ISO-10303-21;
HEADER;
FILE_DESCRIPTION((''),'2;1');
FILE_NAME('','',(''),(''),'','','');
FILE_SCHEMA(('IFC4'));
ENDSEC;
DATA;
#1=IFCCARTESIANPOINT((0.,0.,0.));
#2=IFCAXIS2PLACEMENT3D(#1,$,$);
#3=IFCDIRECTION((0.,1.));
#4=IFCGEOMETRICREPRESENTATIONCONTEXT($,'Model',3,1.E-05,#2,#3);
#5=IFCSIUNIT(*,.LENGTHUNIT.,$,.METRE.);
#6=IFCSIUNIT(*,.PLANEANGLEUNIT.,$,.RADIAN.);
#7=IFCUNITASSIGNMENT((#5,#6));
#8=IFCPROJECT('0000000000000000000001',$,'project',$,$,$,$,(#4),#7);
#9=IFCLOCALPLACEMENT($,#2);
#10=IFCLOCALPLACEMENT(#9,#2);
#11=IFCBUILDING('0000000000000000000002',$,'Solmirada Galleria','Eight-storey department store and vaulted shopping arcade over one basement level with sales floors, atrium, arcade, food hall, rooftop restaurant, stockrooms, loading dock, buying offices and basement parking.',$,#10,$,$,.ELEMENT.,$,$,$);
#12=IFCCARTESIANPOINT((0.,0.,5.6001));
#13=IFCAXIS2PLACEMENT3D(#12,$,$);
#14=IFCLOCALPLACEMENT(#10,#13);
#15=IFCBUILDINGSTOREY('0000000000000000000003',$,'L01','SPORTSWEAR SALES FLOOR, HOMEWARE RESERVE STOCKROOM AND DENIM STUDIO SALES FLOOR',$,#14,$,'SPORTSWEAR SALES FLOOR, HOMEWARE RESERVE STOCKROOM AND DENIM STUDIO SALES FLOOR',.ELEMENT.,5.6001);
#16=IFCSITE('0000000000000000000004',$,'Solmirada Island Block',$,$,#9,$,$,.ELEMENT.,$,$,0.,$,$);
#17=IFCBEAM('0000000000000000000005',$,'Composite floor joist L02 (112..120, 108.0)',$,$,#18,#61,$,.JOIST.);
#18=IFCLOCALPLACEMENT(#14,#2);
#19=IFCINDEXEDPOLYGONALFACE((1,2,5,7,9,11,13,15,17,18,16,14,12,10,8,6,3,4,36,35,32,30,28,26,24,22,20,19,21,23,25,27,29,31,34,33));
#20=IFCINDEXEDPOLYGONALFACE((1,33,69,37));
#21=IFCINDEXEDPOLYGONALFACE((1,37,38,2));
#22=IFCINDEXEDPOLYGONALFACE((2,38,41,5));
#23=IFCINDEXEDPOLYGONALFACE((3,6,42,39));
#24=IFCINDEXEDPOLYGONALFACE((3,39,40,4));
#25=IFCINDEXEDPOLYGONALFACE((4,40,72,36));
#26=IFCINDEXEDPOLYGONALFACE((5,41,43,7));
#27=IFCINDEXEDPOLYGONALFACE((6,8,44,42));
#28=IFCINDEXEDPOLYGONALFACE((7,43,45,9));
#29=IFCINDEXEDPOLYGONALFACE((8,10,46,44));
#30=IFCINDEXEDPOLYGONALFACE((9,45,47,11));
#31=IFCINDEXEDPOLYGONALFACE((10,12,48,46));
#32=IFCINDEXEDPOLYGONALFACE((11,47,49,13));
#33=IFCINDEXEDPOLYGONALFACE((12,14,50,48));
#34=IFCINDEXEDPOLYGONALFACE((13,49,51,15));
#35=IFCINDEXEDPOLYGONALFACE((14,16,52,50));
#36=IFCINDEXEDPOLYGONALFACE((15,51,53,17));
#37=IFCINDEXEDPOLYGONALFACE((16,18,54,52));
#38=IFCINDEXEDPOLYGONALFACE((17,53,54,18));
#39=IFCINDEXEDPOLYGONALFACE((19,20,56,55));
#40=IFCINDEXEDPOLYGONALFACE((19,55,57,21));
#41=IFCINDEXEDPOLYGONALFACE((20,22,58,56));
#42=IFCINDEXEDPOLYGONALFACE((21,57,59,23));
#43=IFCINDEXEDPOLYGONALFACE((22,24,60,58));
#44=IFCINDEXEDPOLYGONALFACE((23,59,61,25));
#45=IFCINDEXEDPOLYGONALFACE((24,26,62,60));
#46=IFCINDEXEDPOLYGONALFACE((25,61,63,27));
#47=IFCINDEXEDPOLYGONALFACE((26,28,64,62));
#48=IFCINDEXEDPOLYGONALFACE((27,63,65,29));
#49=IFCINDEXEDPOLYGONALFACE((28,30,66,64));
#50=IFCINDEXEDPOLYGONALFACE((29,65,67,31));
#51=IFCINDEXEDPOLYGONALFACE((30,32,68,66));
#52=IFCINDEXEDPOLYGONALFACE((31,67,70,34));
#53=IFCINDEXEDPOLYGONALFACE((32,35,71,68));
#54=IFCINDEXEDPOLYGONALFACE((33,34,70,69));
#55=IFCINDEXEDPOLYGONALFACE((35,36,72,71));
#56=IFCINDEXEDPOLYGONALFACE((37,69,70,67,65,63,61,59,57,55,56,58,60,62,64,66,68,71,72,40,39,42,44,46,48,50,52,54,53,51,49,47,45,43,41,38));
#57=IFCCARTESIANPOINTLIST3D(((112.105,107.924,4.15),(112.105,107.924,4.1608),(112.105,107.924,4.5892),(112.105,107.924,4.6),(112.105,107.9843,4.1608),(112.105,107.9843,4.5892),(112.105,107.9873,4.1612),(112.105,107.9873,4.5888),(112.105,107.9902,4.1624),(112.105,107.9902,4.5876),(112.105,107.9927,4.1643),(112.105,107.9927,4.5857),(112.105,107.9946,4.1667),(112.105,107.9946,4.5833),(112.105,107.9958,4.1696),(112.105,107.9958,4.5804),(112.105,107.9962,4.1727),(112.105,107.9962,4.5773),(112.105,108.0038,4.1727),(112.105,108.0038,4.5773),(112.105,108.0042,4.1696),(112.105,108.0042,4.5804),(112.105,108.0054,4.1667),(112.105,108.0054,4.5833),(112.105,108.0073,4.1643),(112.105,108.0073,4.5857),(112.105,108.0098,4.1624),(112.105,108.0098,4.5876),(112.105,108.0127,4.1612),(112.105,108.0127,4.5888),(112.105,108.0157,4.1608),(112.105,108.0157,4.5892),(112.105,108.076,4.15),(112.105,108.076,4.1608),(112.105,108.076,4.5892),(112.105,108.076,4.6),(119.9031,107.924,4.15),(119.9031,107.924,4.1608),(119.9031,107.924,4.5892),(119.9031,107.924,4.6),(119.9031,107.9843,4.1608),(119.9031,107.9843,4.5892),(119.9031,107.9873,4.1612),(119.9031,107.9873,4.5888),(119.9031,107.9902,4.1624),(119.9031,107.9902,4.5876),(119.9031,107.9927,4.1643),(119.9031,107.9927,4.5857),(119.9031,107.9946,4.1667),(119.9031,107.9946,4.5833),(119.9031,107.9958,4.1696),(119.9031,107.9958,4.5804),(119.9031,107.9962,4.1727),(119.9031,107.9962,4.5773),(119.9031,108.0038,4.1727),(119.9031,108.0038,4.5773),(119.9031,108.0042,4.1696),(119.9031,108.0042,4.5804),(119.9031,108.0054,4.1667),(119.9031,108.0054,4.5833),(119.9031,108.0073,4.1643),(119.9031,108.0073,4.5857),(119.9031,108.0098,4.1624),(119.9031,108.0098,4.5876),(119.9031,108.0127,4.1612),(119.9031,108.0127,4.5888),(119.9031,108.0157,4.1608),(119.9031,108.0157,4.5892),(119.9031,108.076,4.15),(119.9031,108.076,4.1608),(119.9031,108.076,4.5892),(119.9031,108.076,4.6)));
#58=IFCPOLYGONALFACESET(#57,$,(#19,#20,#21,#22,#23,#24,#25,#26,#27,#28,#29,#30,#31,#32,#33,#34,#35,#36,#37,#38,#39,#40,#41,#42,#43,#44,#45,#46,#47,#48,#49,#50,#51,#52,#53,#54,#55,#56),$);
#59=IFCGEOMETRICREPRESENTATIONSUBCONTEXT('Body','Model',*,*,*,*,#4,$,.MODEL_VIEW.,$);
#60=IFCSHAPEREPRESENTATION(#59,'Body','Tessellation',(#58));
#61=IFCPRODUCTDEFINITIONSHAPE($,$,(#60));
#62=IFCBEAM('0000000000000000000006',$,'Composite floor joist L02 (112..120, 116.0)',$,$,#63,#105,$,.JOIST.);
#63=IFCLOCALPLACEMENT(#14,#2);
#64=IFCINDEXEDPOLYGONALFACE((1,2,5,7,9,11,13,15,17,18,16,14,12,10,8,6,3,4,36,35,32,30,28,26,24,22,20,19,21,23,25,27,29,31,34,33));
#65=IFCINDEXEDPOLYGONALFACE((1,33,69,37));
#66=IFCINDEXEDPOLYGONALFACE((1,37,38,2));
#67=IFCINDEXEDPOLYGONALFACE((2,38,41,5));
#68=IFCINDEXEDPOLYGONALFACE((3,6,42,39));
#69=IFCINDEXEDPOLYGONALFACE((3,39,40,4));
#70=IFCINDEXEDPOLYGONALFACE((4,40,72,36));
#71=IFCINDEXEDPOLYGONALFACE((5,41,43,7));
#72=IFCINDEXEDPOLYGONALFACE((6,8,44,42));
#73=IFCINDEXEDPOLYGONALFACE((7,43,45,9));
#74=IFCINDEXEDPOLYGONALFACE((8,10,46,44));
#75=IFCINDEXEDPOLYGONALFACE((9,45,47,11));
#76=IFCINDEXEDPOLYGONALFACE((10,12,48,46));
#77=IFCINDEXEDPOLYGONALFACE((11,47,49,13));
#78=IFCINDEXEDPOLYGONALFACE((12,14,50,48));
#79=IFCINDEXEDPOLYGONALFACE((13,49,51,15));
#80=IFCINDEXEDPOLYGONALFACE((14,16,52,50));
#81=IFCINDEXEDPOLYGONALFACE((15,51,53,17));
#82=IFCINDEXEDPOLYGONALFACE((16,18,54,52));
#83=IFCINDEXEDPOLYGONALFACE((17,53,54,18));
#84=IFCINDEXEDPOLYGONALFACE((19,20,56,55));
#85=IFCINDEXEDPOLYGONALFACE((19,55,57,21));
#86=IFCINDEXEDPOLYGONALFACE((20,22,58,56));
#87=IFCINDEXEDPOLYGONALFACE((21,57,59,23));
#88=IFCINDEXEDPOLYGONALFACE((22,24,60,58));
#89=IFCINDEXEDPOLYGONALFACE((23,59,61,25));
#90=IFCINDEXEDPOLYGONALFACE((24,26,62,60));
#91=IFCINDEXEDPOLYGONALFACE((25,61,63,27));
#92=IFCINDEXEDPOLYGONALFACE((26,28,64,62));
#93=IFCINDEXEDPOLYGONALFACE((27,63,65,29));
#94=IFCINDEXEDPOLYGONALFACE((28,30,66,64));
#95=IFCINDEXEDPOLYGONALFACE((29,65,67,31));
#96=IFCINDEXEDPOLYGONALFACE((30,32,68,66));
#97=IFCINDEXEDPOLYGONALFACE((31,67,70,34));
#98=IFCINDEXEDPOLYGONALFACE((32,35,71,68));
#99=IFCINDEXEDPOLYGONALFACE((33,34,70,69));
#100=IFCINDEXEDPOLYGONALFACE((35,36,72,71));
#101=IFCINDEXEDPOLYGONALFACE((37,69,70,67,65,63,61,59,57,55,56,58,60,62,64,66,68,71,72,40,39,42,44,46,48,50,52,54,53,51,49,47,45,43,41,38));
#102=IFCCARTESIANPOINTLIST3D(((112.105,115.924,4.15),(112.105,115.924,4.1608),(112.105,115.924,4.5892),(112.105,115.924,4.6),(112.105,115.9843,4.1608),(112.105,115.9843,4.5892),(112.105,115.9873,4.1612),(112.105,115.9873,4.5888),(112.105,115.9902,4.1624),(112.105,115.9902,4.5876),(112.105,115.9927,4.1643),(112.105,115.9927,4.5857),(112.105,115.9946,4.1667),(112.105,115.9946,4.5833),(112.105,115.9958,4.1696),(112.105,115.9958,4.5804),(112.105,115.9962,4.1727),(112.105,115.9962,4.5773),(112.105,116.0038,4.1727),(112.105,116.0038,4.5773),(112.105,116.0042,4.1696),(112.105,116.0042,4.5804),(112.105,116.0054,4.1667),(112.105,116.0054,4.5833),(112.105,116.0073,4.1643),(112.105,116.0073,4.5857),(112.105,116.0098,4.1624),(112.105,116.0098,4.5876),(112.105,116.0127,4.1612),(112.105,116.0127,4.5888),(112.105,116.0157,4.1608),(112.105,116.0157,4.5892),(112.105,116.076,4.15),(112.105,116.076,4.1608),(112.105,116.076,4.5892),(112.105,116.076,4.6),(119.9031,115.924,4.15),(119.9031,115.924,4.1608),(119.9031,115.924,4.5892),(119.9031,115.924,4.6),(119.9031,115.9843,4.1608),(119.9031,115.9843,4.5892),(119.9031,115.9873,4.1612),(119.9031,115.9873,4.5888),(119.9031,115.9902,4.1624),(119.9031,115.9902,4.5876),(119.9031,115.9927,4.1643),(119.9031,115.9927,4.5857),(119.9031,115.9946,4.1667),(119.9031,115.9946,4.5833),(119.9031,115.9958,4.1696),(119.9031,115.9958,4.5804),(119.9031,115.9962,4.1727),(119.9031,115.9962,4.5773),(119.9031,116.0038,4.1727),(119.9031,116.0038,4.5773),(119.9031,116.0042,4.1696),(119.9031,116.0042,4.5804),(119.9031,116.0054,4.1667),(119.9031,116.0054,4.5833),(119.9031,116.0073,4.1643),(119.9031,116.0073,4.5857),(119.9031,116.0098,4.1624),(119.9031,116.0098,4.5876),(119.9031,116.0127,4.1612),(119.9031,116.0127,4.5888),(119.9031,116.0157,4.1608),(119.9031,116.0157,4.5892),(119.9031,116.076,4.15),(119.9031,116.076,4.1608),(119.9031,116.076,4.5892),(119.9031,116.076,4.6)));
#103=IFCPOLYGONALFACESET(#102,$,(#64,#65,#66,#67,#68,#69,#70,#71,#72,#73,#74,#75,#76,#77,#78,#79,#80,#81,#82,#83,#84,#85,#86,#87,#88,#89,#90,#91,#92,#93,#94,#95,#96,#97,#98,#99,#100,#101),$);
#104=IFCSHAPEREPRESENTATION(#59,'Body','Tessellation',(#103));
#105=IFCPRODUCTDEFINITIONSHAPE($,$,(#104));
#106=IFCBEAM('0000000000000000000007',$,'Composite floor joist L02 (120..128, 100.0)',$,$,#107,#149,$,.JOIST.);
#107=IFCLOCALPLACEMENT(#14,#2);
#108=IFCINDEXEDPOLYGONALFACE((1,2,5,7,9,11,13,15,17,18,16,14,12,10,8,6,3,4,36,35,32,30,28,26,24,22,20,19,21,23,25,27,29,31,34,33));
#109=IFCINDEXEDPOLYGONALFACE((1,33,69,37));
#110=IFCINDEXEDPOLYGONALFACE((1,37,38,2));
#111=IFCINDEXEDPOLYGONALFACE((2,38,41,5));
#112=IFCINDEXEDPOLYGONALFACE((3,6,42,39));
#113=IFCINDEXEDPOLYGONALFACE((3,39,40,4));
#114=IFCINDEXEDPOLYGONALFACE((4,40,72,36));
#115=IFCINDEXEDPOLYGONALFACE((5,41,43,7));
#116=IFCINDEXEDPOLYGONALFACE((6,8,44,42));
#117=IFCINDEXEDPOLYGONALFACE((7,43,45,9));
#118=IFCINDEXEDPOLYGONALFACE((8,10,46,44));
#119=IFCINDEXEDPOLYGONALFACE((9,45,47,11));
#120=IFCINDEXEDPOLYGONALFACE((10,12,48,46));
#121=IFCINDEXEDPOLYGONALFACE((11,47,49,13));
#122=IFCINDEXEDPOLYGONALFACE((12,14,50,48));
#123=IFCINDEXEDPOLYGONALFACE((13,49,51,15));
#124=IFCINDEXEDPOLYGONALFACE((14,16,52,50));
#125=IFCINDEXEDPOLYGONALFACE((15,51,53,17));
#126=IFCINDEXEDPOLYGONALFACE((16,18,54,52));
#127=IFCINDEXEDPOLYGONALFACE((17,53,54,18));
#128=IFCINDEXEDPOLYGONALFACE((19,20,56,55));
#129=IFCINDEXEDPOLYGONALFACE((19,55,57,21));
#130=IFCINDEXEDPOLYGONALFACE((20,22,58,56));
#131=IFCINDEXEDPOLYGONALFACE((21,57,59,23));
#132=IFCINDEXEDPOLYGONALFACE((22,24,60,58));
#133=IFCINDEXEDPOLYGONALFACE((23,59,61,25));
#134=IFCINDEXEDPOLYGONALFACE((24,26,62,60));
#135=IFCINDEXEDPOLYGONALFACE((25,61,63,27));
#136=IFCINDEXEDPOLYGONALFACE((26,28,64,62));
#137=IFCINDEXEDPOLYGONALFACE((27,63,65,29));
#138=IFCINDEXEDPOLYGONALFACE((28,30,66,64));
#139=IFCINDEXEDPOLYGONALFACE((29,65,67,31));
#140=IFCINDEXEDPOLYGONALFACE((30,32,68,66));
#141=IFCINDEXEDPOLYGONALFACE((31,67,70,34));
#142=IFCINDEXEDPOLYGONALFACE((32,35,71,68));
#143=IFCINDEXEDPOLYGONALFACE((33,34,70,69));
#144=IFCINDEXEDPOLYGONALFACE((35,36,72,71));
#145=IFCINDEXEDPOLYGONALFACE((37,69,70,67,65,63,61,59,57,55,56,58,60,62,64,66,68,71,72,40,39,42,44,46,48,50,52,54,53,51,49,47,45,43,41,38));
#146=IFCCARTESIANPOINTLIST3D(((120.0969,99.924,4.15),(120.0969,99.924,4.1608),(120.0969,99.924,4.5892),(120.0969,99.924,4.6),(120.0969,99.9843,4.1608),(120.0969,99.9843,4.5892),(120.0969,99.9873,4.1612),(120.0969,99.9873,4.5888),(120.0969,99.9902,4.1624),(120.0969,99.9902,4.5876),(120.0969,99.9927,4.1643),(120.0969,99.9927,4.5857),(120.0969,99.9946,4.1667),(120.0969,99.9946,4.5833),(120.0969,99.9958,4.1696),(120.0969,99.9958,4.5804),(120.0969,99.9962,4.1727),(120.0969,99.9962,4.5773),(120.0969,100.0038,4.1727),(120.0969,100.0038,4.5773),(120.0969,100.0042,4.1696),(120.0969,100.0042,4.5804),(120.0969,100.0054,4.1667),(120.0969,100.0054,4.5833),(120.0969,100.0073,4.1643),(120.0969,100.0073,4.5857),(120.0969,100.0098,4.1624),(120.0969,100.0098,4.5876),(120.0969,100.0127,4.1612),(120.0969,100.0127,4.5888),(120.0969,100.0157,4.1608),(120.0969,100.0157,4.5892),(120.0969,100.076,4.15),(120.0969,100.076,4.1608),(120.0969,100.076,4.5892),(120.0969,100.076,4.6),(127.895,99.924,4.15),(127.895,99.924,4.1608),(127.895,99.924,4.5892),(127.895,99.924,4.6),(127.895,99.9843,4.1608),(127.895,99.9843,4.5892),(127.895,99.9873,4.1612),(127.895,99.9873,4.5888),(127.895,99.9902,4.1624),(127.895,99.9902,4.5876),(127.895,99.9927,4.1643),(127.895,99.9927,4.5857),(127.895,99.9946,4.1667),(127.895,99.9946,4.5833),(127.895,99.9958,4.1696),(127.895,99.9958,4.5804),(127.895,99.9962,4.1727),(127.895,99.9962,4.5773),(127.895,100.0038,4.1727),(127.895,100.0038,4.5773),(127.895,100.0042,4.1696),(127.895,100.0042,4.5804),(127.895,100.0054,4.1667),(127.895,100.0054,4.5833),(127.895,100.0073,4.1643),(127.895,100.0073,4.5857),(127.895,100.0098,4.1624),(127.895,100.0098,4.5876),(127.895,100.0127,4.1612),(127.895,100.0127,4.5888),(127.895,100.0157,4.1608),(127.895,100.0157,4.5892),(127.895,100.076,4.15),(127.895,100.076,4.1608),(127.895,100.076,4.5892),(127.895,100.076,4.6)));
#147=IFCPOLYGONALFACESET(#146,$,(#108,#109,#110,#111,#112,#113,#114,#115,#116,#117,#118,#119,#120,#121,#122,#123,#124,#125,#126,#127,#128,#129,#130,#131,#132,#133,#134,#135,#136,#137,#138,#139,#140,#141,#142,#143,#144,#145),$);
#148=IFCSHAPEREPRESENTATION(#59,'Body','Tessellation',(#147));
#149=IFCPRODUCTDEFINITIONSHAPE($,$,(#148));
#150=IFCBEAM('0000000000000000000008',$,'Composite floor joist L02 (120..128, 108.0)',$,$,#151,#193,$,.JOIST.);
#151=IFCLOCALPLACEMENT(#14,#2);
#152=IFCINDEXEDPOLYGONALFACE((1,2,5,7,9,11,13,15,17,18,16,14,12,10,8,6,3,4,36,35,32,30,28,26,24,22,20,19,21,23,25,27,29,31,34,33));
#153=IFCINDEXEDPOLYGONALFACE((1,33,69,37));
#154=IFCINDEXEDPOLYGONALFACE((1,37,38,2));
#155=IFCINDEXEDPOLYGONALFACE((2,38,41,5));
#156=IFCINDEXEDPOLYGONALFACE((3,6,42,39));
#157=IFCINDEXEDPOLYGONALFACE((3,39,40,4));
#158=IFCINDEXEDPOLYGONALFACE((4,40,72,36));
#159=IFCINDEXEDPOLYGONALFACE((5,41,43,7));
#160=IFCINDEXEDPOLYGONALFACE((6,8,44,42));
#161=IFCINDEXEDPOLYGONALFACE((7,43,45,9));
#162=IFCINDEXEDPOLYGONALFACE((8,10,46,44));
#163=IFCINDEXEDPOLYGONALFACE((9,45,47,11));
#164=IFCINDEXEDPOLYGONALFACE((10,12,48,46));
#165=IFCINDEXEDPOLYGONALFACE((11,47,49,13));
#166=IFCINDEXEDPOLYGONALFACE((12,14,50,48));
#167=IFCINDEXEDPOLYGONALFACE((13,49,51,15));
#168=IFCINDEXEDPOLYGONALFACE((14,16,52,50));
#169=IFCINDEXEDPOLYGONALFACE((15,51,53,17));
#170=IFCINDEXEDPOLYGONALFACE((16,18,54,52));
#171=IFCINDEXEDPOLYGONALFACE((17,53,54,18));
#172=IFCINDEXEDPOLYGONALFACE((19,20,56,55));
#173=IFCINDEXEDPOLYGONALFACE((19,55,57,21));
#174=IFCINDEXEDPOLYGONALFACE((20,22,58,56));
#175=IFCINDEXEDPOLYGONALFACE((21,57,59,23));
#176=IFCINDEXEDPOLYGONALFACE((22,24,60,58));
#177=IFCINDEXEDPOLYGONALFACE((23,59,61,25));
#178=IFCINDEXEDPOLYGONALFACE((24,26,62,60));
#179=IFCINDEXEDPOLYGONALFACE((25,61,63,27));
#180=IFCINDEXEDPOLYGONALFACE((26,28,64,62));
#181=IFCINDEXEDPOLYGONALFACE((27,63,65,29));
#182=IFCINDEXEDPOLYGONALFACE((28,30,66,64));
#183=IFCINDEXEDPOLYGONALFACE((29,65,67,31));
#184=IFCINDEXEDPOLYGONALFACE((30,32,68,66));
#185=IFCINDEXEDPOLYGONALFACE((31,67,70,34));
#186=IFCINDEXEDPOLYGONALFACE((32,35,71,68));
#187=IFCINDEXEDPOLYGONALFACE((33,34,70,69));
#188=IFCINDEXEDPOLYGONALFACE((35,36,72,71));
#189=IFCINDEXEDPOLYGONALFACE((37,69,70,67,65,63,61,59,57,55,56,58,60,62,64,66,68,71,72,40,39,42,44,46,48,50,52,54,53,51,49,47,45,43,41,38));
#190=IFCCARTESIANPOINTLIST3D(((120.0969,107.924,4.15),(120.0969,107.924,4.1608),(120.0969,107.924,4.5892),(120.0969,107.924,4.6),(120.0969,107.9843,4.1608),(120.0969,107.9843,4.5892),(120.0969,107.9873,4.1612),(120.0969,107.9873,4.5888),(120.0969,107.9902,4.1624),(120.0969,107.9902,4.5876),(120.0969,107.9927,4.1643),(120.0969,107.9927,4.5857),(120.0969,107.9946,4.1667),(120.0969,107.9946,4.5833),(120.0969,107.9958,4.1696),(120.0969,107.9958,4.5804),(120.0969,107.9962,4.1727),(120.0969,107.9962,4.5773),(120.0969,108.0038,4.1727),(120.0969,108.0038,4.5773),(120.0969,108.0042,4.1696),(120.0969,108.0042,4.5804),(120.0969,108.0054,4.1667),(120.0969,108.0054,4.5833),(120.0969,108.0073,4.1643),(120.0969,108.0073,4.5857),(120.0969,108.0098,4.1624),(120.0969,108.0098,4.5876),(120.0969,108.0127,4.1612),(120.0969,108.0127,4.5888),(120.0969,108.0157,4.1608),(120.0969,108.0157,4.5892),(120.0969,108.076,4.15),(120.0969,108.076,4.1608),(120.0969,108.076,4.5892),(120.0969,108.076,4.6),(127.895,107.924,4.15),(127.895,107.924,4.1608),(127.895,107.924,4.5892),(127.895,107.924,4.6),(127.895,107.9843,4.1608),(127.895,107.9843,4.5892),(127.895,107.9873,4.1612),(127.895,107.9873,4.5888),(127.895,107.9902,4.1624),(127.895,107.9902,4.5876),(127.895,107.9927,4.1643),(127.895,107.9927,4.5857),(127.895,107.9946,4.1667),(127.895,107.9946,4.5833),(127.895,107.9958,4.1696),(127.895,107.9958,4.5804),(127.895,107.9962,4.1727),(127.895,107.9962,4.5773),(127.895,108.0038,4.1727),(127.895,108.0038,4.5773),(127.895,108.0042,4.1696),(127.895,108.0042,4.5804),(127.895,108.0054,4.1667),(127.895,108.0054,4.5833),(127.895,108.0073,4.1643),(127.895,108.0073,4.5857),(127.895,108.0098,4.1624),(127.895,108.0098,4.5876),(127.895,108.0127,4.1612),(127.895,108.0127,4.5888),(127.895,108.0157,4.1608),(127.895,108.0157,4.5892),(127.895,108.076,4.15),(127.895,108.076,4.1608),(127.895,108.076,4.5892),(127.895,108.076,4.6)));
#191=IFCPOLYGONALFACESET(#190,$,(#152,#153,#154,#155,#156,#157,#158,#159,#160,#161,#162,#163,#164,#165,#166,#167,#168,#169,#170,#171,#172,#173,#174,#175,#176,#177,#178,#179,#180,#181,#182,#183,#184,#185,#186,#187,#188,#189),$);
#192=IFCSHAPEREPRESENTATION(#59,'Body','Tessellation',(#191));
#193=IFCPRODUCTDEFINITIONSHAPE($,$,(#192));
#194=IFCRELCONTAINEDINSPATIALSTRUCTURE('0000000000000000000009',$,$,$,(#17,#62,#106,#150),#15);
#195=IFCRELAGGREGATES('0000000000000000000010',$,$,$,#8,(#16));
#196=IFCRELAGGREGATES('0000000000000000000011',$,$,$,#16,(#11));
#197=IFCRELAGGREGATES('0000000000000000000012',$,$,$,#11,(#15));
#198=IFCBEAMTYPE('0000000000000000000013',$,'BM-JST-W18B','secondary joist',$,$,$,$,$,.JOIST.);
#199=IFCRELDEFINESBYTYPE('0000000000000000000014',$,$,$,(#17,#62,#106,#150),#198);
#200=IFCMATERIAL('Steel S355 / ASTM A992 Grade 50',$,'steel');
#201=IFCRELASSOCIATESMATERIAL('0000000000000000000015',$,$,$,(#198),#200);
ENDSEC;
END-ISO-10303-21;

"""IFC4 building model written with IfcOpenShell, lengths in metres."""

from ifc_helpers import new_model, si_unit, direction, frame, origin, origin_2d, place, context, subcontext, project, spatial, i_section, extrude, material, material_profile, profile_set, type_object, element, save


model = new_model("IFC4")

# Units and contexts
model_context = context("Model", 3, precision=1e-05, world=origin(), true_north=direction((0.0, 1.0)))
body_context = subcontext(model_context, "Body", "Model", "MODEL_VIEW")
ifc_project = project(units=[si_unit("LENGTHUNIT", "METRE"), si_unit("PLANEANGLEUNIT", "RADIAN")], contexts=[model_context])

# Site, building, storey
site_placement = place(None, origin())
site = spatial("IfcSite", under=ifc_project, at=site_placement, Name="Solmirada Island Block", CompositionType="ELEMENT", RefElevation=0.0)
building_placement = place(site_placement, origin())
building = spatial("IfcBuilding", under=site, at=building_placement, Name="Solmirada Galleria", Description="Eight-storey department store and vaulted shopping arcade over one basement level with sales floors, atrium, arcade, food hall, rooftop restaurant, stockrooms, loading dock, buying offices and basement parking.", CompositionType="ELEMENT")
storey_placement = place(building_placement, frame((0.0, 0.0, 5.6001)))
storey = spatial("IfcBuildingStorey", under=building, at=storey_placement, Name="L01", Description="SPORTSWEAR SALES FLOOR, HOMEWARE RESERVE STOCKROOM AND DENIM STUDIO SALES FLOOR", LongName="SPORTSWEAR SALES FLOOR, HOMEWARE RESERVE STOCKROOM AND DENIM STUDIO SALES FLOOR", CompositionType="ELEMENT", Elevation=5.6001)

# Beams
ifc_material_1 = material(Name="Steel S355 / ASTM A992 Grade 50", Category="steel")
ifc_material_profile_1 = material_profile(ifc_material_1, i_section(OverallWidth=0.1521, OverallDepth=0.45, WebThickness=0.0076, FlangeThickness=0.0107, FilletRadius=0.012, at=origin_2d()), Name="W18X35")
ifc_profile_set_1 = profile_set([ifc_material_profile_1], Name="Steel S355 / ASTM A992 Grade 50")
beam_type_1 = type_object("IfcBeamType", Name="BM-JST-W18B", Description="secondary joist", PredefinedType="JOIST", material=ifc_profile_set_1)
for number, where, z_axis, x_axis, name in (
    (1, (112.105, 108.0, 4.375), (1.0, 0.0, 0.0), (0.0, 1.0, 0.0), "Composite floor joist L02 (112..120, 108.0)"),
    (2, (112.105, 116.0, 4.375), (1.0, 0.0, 0.0), (0.0, 1.0, 0.0), "Composite floor joist L02 (112..120, 116.0)"),
    (3, (120.0969, 100.0, 4.375), (1.0, 0.0, 0.0), (0.0, 1.0, 0.0), "Composite floor joist L02 (120..128, 100.0)"),
    (4, (120.0969, 108.0, 4.375), (1.0, 0.0, 0.0), (0.0, 1.0, 0.0), "Composite floor joist L02 (120..128, 108.0)"),
):
    element("IfcBeam", number, at=place(storey_placement, frame(where, z_axis=z_axis, x_axis=x_axis)), inside=storey, type_object=beam_type_1, Name=name, PredefinedType="JOIST", context=body_context, shape_type="SweptSolid", body=[
        extrude(i_section(OverallWidth=0.1521, OverallDepth=0.45, WebThickness=0.0076, FlangeThickness=0.0107, FilletRadius=0.012, at=origin_2d()), origin(), (0.0, 0.0, 1.0), 7.7981),
    ])

save(model, "model.ifc")
